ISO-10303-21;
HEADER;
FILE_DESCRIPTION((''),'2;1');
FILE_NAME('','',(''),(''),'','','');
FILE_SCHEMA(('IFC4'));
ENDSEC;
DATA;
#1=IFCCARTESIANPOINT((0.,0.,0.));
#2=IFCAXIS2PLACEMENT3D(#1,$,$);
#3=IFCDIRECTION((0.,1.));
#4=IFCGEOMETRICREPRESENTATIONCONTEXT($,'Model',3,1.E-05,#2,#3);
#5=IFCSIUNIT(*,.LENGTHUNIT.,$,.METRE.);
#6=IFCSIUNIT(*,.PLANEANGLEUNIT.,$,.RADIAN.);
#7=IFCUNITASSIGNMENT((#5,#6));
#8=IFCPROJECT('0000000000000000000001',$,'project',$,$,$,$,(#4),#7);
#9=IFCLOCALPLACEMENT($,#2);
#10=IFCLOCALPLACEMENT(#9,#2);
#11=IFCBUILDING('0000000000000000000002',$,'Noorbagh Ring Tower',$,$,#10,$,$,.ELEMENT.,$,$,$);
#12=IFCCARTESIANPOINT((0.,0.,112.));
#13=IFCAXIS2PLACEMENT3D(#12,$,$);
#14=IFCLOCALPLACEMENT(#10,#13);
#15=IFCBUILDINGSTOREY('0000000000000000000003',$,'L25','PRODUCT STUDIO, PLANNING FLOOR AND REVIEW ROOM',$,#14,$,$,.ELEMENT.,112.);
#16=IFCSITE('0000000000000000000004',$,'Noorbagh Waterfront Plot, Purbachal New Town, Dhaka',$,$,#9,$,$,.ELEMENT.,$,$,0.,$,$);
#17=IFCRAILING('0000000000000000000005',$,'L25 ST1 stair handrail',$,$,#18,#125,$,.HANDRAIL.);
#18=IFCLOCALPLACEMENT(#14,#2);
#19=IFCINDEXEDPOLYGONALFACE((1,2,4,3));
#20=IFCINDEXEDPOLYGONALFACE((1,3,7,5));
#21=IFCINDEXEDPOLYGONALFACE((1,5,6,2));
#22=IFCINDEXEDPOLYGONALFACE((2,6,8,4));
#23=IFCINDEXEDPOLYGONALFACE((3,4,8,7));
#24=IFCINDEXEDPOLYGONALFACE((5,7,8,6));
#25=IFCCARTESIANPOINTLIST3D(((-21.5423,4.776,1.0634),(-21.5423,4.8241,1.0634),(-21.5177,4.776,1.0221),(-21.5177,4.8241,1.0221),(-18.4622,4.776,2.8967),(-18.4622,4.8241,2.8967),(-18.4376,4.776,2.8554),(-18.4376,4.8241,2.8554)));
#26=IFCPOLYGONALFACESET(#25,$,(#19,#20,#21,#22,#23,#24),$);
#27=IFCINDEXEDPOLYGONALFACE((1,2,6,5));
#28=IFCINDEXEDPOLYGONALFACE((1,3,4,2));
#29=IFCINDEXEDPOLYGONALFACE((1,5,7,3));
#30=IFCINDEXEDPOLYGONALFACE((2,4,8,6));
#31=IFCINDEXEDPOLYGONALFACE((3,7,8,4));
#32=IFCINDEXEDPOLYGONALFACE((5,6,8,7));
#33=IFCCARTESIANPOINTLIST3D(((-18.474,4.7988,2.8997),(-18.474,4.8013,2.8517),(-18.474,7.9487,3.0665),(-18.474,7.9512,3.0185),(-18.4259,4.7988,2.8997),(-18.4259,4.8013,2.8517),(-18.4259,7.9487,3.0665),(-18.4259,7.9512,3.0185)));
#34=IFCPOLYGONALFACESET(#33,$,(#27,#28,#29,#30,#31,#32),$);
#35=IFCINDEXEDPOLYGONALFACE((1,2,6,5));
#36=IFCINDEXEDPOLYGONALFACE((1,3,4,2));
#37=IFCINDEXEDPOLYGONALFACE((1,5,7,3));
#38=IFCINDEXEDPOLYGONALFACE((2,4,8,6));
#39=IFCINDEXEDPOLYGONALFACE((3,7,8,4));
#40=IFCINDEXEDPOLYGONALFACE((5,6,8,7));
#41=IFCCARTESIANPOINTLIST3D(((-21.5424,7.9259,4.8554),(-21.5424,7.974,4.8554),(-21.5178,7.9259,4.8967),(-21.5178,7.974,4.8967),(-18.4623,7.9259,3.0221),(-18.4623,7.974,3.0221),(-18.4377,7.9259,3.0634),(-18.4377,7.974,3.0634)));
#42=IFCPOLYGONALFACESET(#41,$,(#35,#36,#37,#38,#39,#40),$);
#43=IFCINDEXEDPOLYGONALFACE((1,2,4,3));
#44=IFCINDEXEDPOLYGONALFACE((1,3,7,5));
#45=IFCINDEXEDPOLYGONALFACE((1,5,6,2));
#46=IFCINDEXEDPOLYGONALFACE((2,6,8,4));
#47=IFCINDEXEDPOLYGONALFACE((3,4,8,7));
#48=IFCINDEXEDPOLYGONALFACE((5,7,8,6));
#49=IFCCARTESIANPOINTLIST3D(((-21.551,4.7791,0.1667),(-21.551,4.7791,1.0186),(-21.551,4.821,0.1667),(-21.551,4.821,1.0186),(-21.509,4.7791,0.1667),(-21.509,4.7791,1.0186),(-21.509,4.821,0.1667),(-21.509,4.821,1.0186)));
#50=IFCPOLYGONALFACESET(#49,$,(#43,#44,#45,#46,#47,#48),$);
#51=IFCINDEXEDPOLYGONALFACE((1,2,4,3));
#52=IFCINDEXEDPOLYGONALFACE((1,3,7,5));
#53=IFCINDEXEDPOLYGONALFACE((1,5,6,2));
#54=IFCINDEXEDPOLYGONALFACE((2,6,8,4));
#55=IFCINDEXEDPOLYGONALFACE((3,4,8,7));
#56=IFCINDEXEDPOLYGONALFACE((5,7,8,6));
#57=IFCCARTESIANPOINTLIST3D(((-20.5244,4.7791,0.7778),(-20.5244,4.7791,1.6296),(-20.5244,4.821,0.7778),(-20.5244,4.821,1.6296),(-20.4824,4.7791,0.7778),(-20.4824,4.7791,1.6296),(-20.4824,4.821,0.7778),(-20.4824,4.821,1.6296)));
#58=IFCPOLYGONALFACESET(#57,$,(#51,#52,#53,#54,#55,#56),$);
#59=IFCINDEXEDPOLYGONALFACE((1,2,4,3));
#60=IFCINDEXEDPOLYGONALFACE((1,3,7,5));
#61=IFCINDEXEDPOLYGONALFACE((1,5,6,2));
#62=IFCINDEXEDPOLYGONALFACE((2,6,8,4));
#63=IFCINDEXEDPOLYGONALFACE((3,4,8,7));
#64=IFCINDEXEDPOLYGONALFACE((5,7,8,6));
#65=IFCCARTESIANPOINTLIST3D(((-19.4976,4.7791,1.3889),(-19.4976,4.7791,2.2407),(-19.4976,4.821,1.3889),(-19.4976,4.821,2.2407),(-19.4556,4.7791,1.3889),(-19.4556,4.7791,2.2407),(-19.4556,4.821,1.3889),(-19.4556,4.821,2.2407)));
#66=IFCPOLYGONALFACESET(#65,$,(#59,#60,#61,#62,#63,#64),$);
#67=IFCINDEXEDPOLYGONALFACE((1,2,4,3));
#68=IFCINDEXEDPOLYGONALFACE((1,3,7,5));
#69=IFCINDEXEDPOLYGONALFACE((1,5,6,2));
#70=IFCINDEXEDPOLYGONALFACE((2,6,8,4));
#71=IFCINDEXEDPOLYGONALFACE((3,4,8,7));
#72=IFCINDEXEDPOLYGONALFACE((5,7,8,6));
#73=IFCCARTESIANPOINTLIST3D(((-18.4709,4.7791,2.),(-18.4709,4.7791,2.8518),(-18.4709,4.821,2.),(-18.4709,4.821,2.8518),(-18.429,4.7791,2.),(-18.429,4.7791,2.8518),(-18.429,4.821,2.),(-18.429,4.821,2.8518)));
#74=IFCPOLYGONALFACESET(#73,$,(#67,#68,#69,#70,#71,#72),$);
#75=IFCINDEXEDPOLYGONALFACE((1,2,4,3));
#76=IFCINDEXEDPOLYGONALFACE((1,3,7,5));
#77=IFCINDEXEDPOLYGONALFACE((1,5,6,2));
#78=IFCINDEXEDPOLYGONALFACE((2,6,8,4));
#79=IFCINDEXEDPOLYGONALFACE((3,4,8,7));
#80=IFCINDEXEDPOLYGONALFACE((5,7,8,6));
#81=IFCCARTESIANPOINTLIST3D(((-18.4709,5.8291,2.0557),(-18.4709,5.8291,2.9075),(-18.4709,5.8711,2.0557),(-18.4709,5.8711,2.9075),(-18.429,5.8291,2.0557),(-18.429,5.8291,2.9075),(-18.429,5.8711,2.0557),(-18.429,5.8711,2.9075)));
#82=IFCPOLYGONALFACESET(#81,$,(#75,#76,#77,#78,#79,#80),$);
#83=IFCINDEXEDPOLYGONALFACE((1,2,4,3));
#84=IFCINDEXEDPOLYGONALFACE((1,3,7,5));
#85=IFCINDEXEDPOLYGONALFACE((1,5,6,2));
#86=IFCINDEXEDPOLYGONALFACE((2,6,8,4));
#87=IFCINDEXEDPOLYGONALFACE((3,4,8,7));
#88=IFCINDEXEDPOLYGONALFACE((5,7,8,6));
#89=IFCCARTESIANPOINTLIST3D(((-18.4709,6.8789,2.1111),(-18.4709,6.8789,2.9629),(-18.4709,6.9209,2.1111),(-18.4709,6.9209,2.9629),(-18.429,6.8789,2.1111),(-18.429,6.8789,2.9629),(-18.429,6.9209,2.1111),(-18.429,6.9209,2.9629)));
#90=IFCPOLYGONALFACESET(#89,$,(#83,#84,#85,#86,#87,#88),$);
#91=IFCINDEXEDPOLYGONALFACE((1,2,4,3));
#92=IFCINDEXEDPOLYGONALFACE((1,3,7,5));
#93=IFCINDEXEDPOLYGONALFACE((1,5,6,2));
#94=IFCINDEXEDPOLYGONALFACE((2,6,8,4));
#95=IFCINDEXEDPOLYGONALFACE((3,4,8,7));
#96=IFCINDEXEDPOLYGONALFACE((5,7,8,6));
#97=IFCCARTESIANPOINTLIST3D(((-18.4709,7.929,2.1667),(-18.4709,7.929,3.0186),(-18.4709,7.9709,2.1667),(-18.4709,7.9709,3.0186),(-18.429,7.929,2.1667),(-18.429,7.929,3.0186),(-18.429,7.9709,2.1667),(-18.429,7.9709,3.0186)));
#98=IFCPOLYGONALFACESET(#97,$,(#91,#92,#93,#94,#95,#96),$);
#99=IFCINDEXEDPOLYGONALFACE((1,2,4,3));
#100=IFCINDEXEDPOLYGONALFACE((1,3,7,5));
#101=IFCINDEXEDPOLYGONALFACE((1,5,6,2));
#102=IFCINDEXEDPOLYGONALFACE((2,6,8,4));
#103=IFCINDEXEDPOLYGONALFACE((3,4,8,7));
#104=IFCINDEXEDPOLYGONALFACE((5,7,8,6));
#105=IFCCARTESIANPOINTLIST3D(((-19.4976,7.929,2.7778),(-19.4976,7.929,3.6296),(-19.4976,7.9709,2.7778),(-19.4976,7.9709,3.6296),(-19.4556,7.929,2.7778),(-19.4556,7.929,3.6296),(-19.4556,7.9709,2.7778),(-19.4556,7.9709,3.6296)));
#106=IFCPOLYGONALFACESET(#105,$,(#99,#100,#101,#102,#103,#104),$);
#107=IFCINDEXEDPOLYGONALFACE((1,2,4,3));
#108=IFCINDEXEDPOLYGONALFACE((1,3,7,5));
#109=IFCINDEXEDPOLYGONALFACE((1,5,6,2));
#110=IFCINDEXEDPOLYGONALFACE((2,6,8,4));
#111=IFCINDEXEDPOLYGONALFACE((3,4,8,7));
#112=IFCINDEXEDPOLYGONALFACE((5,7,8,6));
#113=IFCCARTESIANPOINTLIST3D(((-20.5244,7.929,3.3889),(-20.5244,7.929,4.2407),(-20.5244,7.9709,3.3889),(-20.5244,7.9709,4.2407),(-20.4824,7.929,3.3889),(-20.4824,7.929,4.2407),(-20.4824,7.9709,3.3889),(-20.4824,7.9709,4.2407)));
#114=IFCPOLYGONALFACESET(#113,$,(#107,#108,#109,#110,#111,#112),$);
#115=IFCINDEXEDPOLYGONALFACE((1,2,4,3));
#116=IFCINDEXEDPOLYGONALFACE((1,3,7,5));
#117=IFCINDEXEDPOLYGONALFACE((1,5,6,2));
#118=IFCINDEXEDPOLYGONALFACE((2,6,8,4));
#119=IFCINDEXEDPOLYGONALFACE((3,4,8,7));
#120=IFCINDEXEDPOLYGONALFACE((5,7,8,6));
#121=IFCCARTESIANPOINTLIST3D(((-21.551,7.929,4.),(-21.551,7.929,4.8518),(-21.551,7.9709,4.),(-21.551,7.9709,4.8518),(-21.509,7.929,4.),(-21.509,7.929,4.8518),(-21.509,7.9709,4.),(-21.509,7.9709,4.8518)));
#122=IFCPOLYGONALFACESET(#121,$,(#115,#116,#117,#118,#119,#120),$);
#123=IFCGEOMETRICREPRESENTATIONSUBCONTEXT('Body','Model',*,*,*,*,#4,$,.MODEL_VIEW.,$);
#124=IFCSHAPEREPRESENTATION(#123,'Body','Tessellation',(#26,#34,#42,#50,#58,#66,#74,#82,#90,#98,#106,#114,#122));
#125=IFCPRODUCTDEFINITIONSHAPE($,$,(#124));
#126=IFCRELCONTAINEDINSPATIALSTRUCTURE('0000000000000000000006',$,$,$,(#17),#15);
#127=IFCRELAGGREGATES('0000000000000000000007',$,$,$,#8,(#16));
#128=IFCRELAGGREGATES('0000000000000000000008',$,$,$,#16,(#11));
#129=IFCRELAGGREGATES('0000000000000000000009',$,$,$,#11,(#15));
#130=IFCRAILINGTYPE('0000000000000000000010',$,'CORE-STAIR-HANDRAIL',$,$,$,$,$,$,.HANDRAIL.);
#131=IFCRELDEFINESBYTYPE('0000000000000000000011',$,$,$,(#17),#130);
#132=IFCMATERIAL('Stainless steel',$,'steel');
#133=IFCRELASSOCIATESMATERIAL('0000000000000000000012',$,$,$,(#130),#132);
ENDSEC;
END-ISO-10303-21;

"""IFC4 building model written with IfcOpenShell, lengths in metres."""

from ifc_helpers import new_model, si_unit, direction, frame, origin, origin_2d, place, context, subcontext, project, spatial, rectangle, extrude, material, type_object, element, save


model = new_model("IFC4")

# Units and contexts
model_context = context("Model", 3, precision=1e-05, world=origin(), true_north=direction((0.0, 1.0)))
body_context = subcontext(model_context, "Body", "Model", "MODEL_VIEW")
ifc_project = project(units=[si_unit("LENGTHUNIT", "METRE"), si_unit("PLANEANGLEUNIT", "RADIAN")], contexts=[model_context])

# Site, building, storey
site_placement = place(None, origin())
site = spatial("IfcSite", under=ifc_project, at=site_placement, Name="Noorbagh Waterfront Plot, Purbachal New Town, Dhaka", CompositionType="ELEMENT", RefElevation=0.0)
building_placement = place(site_placement, origin())
building = spatial("IfcBuilding", under=site, at=building_placement, Name="Noorbagh Ring Tower", CompositionType="ELEMENT")
storey_placement = place(building_placement, frame((0.0, 0.0, 112.0)))
storey = spatial("IfcBuildingStorey", under=building, at=storey_placement, Name="L25", Description="PRODUCT STUDIO, PLANNING FLOOR AND REVIEW ROOM", CompositionType="ELEMENT", Elevation=112.0)

# Railing
ifc_material_1 = material(Name="Stainless steel", Category="steel")
railing_type_1 = type_object("IfcRailingType", Name="CORE-STAIR-HANDRAIL", PredefinedType="HANDRAIL", material=ifc_material_1)
railing_1_placement = place(storey_placement, frame((-21.53, 4.8, 0.1667)))
element("IfcRailing", 1, at=railing_1_placement, inside=storey, type_object=railing_type_1, Name="L25 ST1 stair handrail", PredefinedType="HANDRAIL", context=body_context, shape_type="SweptSolid", body=[
    extrude(rectangle(XDim=0.0481, YDim=0.0481, at=origin_2d()), frame((0.0, 0.0, 0.876), z_axis=(0.859309, 0.0, 0.511458), x_axis=(0.0, 1.0, 0.0)), (0.0, 0.0, 1.0), 3.5845),
    extrude(rectangle(XDim=0.0481, YDim=0.0481, at=origin_2d()), frame((3.0801, 0.0, 2.709), z_axis=(0.0, 0.998602, 0.052864), x_axis=(-1.0, 0.0, 0.0)), (0.0, 0.0, 1.0), 3.1543),
    extrude(rectangle(XDim=0.0481, YDim=0.0481, at=origin_2d()), frame((3.0801, 3.1499, 2.876), z_axis=(-0.859309, 0.0, 0.511458), x_axis=(0.0, -1.0, 0.0)), (0.0, 0.0, 1.0), 3.5845),
    extrude(rectangle(XDim=0.042, YDim=0.042, at=origin_2d()), origin(), (0.0, 0.0, 1.0), 0.8518),
    extrude(rectangle(XDim=0.042, YDim=0.042, at=origin_2d()), frame((1.0266, 0.0, 0.6111)), (0.0, 0.0, 1.0), 0.8518),
    extrude(rectangle(XDim=0.042, YDim=0.042, at=origin_2d()), frame((2.0535, 0.0, 1.2222)), (0.0, 0.0, 1.0), 0.8518),
    extrude(rectangle(XDim=0.042, YDim=0.042, at=origin_2d()), frame((3.0801, 0.0, 1.8333)), (0.0, 0.0, 1.0), 0.8518),
    extrude(rectangle(XDim=0.042, YDim=0.042, at=origin_2d()), frame((3.0801, 1.05, 1.8889)), (0.0, 0.0, 1.0), 0.8518),
    extrude(rectangle(XDim=0.042, YDim=0.042, at=origin_2d()), frame((3.0801, 2.0999, 1.9443)), (0.0, 0.0, 1.0), 0.8518),
    extrude(rectangle(XDim=0.042, YDim=0.042, at=origin_2d()), frame((3.0801, 3.1499, 2.0)), (0.0, 0.0, 1.0), 0.8518),
    extrude(rectangle(XDim=0.042, YDim=0.042, at=origin_2d()), frame((2.0535, 3.1499, 2.6111)), (0.0, 0.0, 1.0), 0.8518),
    extrude(rectangle(XDim=0.042, YDim=0.042, at=origin_2d()), frame((1.0266, 3.1499, 3.2222)), (0.0, 0.0, 1.0), 0.8518),
    extrude(rectangle(XDim=0.042, YDim=0.042, at=origin_2d()), frame((0.0, 3.1499, 3.8333)), (0.0, 0.0, 1.0), 0.8518),
])

save(model, "model.ifc")
